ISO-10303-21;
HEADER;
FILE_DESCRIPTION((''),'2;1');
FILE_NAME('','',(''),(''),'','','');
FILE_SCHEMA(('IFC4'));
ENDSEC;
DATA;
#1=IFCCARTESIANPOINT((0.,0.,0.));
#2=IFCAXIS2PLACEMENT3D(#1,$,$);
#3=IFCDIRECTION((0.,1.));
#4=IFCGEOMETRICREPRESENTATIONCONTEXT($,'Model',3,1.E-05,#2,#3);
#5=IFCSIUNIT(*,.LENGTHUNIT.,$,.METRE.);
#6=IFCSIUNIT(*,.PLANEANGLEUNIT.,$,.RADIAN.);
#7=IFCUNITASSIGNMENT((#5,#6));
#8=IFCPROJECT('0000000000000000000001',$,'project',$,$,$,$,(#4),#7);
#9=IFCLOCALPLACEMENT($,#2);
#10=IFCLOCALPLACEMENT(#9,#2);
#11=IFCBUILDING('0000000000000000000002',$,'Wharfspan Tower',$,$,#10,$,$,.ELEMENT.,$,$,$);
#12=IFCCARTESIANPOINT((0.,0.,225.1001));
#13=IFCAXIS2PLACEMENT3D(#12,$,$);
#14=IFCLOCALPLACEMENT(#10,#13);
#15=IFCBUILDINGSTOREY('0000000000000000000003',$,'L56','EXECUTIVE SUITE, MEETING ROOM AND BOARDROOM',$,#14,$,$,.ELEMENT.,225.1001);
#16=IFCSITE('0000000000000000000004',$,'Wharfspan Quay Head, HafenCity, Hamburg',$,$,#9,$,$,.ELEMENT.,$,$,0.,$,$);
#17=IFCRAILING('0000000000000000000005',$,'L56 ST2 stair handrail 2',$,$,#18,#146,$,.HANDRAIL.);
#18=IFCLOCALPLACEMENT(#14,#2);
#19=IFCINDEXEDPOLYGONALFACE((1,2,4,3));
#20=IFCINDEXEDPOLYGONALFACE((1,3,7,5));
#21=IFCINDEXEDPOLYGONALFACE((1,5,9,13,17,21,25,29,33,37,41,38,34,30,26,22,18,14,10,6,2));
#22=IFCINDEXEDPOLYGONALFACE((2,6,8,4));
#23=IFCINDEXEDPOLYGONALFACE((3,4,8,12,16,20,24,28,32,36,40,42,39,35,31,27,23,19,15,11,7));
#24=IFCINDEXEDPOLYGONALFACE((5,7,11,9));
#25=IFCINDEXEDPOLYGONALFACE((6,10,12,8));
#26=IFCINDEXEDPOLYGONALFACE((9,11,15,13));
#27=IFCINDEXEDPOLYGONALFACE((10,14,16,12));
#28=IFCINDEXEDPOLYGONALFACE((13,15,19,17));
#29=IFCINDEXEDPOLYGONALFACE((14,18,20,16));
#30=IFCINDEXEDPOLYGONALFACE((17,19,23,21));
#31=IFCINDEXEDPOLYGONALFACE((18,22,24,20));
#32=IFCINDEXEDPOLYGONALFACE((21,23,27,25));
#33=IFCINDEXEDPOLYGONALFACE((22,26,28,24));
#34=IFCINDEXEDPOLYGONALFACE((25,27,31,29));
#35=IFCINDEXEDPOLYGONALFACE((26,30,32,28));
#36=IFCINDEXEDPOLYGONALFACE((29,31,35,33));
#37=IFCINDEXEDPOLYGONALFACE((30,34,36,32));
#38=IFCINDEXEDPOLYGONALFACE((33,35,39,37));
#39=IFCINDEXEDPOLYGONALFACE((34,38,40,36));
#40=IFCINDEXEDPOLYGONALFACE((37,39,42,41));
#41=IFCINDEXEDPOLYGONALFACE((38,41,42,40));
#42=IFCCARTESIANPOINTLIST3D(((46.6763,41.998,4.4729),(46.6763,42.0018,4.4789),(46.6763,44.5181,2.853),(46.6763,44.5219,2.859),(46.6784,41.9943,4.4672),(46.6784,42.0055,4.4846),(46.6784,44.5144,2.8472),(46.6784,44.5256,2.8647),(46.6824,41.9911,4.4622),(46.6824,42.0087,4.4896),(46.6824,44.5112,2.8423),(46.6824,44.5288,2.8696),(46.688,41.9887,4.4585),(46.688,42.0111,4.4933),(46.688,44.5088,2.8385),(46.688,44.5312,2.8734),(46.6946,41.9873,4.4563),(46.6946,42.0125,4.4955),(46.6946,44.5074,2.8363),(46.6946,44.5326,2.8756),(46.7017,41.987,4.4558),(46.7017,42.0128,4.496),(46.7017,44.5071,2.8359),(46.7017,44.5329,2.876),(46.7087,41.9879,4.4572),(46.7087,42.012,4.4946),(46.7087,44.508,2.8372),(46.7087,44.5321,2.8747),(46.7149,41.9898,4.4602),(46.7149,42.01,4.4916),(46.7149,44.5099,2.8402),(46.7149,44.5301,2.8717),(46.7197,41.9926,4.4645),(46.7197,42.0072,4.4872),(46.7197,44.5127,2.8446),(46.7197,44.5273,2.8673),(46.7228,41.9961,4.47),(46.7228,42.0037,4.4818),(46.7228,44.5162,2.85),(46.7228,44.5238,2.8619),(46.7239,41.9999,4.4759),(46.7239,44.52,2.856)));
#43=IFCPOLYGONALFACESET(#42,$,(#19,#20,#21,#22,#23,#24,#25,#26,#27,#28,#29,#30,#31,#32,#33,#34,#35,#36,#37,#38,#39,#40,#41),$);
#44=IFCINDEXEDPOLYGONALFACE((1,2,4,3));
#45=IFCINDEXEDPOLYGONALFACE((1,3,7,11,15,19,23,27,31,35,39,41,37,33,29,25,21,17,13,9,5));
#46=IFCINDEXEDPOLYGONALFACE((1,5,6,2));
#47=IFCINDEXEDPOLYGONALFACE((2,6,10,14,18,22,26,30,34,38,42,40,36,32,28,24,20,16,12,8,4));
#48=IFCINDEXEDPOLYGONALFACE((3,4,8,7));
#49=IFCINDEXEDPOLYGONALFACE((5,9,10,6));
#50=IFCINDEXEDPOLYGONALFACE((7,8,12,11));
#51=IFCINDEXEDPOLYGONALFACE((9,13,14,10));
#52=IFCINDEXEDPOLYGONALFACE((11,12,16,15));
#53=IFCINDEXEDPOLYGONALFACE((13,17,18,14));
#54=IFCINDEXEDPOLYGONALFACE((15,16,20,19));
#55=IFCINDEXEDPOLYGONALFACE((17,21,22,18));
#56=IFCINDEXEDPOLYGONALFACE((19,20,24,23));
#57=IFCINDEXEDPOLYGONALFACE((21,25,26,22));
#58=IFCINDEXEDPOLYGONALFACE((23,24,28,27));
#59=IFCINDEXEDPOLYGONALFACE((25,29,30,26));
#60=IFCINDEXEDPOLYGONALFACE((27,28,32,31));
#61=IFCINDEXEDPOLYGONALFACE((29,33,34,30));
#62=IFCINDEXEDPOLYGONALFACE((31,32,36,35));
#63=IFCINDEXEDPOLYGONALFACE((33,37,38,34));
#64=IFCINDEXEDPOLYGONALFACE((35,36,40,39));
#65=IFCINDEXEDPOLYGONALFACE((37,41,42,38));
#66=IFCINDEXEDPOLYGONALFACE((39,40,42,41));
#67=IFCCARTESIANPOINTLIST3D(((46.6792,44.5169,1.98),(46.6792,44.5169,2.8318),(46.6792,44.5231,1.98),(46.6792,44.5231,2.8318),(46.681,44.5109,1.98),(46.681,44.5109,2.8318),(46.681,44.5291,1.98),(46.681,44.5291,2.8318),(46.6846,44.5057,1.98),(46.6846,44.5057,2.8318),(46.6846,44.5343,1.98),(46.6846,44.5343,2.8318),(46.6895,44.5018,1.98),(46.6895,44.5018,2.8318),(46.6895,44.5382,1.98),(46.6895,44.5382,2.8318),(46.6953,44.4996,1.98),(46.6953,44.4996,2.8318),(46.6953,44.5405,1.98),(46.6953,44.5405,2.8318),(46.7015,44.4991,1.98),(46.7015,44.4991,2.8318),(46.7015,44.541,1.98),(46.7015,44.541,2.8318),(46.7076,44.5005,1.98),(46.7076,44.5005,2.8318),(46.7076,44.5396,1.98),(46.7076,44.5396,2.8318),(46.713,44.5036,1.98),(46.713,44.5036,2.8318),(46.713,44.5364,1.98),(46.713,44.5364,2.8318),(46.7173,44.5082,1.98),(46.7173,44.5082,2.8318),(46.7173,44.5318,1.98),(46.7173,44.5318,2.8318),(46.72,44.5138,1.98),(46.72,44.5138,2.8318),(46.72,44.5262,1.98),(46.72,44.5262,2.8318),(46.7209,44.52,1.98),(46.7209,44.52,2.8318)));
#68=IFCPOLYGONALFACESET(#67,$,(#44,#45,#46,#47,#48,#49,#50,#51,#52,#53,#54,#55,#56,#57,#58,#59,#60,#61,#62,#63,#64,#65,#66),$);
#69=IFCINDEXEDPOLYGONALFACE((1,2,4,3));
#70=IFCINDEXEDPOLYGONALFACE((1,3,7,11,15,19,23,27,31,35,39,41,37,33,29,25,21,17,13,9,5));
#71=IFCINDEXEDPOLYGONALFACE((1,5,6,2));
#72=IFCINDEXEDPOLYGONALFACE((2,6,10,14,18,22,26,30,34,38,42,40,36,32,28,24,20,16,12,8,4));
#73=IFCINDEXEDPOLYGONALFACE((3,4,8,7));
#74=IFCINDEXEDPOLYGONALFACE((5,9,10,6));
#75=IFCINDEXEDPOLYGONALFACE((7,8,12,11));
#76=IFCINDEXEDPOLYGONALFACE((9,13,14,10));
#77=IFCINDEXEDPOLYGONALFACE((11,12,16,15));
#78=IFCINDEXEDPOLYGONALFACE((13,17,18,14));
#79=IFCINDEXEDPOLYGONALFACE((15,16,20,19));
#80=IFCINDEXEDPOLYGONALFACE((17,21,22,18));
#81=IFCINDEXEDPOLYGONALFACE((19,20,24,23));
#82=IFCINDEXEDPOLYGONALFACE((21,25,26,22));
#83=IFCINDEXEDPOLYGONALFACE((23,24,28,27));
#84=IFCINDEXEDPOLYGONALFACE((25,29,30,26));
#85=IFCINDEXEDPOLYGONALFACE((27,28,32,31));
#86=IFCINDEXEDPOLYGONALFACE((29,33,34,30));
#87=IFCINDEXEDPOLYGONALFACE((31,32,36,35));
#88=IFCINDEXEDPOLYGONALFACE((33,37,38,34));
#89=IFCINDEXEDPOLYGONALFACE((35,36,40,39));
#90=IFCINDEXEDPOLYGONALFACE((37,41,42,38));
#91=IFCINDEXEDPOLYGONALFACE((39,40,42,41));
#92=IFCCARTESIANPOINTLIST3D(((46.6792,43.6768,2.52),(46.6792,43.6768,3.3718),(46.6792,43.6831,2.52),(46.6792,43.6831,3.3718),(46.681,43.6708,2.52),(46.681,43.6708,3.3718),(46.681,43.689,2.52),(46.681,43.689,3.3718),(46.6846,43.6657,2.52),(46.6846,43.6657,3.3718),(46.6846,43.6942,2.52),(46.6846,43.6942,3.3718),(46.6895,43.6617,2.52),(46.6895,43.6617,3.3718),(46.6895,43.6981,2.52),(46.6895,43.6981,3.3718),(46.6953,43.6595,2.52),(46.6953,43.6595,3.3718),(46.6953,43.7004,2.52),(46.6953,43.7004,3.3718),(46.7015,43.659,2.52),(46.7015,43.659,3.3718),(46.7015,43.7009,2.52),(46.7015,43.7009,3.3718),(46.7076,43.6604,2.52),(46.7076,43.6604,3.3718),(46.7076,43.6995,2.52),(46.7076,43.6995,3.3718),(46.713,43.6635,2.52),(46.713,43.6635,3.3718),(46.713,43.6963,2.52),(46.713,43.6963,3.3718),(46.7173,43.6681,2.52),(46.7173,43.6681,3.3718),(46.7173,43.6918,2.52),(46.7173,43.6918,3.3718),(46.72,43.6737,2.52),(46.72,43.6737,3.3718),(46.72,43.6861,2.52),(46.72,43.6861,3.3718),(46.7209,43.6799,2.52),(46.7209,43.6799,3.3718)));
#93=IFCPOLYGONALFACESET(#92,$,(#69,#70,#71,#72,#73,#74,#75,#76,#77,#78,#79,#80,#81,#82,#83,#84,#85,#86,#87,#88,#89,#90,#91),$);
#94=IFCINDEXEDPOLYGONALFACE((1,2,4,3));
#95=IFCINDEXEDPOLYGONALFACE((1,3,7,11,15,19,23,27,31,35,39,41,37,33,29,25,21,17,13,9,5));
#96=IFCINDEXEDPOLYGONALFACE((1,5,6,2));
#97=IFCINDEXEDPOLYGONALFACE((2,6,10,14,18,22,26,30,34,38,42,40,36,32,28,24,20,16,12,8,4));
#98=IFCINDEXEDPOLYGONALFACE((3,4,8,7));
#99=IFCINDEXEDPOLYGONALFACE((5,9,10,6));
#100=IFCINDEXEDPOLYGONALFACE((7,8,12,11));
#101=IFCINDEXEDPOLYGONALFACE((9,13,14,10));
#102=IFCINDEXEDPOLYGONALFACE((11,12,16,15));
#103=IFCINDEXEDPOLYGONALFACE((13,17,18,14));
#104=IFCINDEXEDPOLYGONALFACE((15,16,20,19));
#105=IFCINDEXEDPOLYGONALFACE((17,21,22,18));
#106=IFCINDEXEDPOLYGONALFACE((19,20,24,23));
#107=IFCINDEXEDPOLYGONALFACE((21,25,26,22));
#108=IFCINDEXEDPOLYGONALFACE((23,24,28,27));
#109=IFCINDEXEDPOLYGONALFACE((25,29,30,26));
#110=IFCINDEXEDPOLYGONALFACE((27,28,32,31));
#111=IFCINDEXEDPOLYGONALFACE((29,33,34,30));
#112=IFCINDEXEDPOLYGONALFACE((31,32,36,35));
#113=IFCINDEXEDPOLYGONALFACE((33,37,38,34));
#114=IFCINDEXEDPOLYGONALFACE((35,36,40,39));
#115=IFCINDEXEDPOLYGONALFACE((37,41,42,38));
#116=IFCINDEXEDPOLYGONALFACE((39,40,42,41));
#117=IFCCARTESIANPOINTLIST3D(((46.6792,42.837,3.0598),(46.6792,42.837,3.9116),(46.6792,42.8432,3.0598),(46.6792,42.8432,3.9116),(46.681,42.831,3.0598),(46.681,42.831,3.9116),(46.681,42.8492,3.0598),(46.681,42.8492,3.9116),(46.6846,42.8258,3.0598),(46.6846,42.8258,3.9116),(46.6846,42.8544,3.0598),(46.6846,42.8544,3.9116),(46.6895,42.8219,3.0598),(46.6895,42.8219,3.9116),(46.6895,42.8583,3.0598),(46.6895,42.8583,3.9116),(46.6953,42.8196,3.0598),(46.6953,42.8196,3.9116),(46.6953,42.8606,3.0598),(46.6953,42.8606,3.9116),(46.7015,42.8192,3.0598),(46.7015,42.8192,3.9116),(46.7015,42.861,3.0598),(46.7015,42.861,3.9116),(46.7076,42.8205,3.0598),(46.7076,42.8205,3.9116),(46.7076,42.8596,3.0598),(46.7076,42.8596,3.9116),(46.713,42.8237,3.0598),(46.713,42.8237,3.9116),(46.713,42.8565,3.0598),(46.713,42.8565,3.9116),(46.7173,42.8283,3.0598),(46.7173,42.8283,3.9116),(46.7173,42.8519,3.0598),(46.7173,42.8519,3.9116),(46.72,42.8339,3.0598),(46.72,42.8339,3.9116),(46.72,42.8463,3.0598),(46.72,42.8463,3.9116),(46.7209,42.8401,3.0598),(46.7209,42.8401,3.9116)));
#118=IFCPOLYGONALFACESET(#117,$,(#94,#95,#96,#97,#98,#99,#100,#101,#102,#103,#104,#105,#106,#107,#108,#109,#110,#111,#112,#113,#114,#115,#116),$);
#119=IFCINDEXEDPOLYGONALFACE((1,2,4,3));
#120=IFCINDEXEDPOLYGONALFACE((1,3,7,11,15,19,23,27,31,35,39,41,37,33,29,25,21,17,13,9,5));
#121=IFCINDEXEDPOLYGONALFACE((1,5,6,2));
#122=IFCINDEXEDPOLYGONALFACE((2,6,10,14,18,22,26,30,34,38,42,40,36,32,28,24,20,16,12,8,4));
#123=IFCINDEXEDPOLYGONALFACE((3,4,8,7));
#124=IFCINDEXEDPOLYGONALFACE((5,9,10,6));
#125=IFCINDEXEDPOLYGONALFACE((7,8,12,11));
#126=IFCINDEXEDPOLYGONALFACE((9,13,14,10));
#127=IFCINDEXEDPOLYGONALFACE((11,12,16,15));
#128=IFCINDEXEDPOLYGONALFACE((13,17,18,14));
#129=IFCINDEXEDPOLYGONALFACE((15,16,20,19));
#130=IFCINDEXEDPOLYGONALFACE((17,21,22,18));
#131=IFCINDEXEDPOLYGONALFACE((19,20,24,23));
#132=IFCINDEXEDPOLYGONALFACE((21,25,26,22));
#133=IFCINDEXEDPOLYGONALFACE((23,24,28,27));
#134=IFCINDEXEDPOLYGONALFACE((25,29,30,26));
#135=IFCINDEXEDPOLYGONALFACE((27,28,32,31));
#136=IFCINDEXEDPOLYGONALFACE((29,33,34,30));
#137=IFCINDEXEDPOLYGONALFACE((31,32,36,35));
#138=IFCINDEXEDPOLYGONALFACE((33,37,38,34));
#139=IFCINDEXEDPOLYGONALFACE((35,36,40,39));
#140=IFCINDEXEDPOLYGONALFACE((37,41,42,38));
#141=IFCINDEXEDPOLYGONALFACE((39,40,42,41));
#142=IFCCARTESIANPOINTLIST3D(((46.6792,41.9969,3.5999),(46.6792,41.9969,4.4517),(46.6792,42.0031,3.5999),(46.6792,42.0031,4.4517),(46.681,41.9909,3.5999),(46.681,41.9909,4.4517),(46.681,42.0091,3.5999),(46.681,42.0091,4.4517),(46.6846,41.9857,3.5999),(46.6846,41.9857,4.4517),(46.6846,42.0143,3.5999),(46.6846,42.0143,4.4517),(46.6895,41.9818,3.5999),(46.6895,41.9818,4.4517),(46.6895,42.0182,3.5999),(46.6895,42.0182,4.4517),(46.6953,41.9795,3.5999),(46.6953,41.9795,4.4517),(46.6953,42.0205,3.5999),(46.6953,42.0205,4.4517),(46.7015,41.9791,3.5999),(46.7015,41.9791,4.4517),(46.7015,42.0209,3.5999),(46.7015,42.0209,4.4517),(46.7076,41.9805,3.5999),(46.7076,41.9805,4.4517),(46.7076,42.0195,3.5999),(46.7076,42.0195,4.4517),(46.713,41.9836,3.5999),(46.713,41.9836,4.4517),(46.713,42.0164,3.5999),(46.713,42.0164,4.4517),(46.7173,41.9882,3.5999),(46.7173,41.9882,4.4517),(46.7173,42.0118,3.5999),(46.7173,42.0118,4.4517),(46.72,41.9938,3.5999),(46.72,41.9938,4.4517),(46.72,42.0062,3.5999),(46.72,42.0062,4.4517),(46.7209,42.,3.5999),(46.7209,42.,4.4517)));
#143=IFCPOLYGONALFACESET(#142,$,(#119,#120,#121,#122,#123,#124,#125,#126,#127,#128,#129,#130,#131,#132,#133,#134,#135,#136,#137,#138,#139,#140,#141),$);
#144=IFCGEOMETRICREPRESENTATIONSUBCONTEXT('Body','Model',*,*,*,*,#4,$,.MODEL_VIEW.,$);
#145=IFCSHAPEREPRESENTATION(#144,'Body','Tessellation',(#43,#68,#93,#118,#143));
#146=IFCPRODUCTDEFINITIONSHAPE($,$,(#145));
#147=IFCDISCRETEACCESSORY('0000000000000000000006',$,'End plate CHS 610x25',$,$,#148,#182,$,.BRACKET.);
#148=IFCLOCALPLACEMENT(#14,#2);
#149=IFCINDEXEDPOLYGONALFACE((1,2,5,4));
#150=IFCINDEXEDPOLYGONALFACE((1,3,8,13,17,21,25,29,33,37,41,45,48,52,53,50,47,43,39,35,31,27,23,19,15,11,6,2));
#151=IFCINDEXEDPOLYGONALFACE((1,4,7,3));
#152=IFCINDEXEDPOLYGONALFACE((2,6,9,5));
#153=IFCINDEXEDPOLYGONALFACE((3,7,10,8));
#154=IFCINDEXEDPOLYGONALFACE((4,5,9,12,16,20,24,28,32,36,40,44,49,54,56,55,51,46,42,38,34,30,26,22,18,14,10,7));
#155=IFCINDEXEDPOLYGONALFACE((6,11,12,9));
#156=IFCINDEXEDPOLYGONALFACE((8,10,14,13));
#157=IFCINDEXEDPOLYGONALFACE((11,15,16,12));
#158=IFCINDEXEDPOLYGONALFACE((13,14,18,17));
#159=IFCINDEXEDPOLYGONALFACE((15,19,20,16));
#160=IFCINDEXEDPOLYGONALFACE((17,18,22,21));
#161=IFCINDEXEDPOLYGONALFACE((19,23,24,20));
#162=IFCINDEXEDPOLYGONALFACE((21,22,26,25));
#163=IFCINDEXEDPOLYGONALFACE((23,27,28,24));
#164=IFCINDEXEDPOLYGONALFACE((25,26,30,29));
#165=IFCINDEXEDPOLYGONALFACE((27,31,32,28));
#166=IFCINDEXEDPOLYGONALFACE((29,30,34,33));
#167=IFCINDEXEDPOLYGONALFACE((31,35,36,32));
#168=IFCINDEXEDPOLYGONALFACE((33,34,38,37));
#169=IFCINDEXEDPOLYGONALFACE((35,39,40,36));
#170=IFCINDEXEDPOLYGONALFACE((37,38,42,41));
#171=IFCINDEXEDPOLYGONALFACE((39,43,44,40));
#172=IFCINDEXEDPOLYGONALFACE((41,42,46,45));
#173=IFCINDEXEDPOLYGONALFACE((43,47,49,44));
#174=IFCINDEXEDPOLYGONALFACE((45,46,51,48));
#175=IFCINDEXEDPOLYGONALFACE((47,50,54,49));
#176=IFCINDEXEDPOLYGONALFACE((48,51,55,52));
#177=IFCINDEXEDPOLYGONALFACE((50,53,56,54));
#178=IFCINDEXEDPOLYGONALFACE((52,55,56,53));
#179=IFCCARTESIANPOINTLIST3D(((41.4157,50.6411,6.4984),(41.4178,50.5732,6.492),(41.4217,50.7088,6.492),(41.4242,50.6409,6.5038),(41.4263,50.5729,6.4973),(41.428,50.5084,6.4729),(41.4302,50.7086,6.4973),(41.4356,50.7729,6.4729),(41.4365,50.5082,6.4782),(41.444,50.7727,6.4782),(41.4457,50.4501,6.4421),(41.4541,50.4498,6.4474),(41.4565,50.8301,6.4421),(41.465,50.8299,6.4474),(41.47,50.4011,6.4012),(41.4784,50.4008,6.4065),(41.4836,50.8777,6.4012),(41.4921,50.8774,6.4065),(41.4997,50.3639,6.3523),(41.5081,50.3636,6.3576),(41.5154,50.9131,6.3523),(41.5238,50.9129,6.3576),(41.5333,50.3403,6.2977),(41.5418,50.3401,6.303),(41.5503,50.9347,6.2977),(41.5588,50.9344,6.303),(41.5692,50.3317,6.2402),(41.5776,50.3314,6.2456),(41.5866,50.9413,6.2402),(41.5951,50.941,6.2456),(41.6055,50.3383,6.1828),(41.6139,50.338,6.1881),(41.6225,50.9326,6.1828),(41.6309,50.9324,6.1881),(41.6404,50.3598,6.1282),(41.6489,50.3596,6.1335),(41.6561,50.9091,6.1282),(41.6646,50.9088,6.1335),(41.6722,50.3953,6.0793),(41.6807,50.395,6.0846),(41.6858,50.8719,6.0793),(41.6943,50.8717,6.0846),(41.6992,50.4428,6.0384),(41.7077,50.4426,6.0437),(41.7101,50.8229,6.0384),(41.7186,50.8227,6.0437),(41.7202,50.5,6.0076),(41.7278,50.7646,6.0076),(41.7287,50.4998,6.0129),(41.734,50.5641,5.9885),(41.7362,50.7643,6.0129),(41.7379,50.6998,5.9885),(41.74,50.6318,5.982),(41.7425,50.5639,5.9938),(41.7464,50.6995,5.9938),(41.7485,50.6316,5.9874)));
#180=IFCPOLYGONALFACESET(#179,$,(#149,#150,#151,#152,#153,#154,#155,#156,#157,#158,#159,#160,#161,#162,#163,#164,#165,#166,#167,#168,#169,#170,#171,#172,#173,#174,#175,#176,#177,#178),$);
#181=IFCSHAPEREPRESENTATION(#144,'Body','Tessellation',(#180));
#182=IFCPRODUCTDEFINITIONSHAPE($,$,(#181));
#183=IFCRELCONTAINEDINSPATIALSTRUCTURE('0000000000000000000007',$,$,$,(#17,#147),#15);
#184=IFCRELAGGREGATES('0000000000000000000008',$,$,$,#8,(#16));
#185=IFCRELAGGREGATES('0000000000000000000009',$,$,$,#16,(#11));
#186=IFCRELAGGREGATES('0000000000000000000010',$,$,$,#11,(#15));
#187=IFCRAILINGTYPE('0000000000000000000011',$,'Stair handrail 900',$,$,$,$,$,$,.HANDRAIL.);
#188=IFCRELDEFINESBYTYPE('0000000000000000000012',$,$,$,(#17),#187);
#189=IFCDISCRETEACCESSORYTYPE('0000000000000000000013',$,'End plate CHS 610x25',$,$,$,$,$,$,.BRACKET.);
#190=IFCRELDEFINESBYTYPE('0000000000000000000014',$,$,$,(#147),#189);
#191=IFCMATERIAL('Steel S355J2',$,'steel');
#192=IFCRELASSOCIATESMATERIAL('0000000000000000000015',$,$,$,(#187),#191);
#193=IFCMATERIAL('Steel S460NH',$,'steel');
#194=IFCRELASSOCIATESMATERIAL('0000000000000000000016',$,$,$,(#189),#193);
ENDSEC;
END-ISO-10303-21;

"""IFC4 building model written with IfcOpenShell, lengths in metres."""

from ifc_helpers import new_model, si_unit, direction, frame, origin, origin_2d, place, context, subcontext, project, spatial, circle, extrude, material, material_profile, profile_set, type_object, element, save


model = new_model("IFC4")

# Units and contexts
model_context = context("Model", 3, precision=1e-05, world=origin(), true_north=direction((0.0, 1.0)))
body_context = subcontext(model_context, "Body", "Model", "MODEL_VIEW")
ifc_project = project(units=[si_unit("LENGTHUNIT", "METRE"), si_unit("PLANEANGLEUNIT", "RADIAN")], contexts=[model_context])

# Site, building, storey
site_placement = place(None, origin())
site = spatial("IfcSite", under=ifc_project, at=site_placement, Name="Wharfspan Quay Head, HafenCity, Hamburg", CompositionType="ELEMENT", RefElevation=0.0)
building_placement = place(site_placement, origin())
building = spatial("IfcBuilding", under=site, at=building_placement, Name="Wharfspan Tower", CompositionType="ELEMENT")
storey_placement = place(building_placement, frame((0.0, 0.0, 225.1001)))
storey = spatial("IfcBuildingStorey", under=building, at=storey_placement, Name="L56", Description="EXECUTIVE SUITE, MEETING ROOM AND BOARDROOM", CompositionType="ELEMENT", Elevation=225.1001)

# Shared definitions
ifc_material_1 = material(Name="Steel S355J2", Category="steel")

# Shared definitions
ifc_material_2 = material(Name="Steel S460NH", Category="steel")

# Railing
railing_type_1 = type_object("IfcRailingType", Name="Stair handrail 900", PredefinedType="HANDRAIL", material=ifc_material_1)
railing_1_placement = place(storey_placement, frame((46.7, 44.52, 1.98)))
element("IfcRailing", 1, at=railing_1_placement, inside=storey, type_object=railing_type_1, Name="L56 ST2 stair handrail 2", PredefinedType="HANDRAIL", context=body_context, shape_type="SweptSolid", body=[
    extrude(circle(Radius=0.0239, at=origin_2d()), frame((0.0, 0.0, 0.876), z_axis=(0.0, -0.8412, 0.540725), x_axis=(1.0, 0.0, 0.0)), (0.0, 0.0, 1.0), 2.9958),
    extrude(circle(Radius=0.021, at=origin_2d()), origin(), (0.0, 0.0, 1.0), 0.8518),
    extrude(circle(Radius=0.021, at=origin_2d()), frame((0.0, -0.8401, 0.54)), (0.0, 0.0, 1.0), 0.8518),
    extrude(circle(Radius=0.021, at=origin_2d()), frame((0.0, -1.6799, 1.0798)), (0.0, 0.0, 1.0), 0.8518),
    extrude(circle(Radius=0.021, at=origin_2d()), frame((0.0, -2.52, 1.6199)), (0.0, 0.0, 1.0), 0.8518),
])

# Discrete accessory
ifc_material_profile_1 = material_profile(ifc_material_2, circle(Radius=0.3049, at=origin_2d()))
ifc_profile_set_1 = profile_set([ifc_material_profile_1], Name="Steel S460NH")
discrete_accessory_type = type_object("IfcDiscreteAccessoryType", Name="End plate CHS 610x25", PredefinedType="BRACKET", material=ifc_profile_set_1)
for number, where, z_axis, x_axis, name in (
    (2, (41.5779, 50.6365, 6.2402), (0.846389, -0.024183, 0.532016), (0.028561, 0.999594, -0.000001), "End plate CHS 610x25"),
):
    element("IfcDiscreteAccessory", number, at=place(storey_placement, frame(where, z_axis=z_axis, x_axis=x_axis)), inside=storey, type_object=discrete_accessory_type, Name=name, PredefinedType="BRACKET", context=body_context, shape_type="SweptSolid", body=[
        extrude(circle(Radius=0.3049, at=origin_2d()), origin(), (0.0, 0.0, 1.0), 0.01),
    ])

save(model, "model.ifc")
